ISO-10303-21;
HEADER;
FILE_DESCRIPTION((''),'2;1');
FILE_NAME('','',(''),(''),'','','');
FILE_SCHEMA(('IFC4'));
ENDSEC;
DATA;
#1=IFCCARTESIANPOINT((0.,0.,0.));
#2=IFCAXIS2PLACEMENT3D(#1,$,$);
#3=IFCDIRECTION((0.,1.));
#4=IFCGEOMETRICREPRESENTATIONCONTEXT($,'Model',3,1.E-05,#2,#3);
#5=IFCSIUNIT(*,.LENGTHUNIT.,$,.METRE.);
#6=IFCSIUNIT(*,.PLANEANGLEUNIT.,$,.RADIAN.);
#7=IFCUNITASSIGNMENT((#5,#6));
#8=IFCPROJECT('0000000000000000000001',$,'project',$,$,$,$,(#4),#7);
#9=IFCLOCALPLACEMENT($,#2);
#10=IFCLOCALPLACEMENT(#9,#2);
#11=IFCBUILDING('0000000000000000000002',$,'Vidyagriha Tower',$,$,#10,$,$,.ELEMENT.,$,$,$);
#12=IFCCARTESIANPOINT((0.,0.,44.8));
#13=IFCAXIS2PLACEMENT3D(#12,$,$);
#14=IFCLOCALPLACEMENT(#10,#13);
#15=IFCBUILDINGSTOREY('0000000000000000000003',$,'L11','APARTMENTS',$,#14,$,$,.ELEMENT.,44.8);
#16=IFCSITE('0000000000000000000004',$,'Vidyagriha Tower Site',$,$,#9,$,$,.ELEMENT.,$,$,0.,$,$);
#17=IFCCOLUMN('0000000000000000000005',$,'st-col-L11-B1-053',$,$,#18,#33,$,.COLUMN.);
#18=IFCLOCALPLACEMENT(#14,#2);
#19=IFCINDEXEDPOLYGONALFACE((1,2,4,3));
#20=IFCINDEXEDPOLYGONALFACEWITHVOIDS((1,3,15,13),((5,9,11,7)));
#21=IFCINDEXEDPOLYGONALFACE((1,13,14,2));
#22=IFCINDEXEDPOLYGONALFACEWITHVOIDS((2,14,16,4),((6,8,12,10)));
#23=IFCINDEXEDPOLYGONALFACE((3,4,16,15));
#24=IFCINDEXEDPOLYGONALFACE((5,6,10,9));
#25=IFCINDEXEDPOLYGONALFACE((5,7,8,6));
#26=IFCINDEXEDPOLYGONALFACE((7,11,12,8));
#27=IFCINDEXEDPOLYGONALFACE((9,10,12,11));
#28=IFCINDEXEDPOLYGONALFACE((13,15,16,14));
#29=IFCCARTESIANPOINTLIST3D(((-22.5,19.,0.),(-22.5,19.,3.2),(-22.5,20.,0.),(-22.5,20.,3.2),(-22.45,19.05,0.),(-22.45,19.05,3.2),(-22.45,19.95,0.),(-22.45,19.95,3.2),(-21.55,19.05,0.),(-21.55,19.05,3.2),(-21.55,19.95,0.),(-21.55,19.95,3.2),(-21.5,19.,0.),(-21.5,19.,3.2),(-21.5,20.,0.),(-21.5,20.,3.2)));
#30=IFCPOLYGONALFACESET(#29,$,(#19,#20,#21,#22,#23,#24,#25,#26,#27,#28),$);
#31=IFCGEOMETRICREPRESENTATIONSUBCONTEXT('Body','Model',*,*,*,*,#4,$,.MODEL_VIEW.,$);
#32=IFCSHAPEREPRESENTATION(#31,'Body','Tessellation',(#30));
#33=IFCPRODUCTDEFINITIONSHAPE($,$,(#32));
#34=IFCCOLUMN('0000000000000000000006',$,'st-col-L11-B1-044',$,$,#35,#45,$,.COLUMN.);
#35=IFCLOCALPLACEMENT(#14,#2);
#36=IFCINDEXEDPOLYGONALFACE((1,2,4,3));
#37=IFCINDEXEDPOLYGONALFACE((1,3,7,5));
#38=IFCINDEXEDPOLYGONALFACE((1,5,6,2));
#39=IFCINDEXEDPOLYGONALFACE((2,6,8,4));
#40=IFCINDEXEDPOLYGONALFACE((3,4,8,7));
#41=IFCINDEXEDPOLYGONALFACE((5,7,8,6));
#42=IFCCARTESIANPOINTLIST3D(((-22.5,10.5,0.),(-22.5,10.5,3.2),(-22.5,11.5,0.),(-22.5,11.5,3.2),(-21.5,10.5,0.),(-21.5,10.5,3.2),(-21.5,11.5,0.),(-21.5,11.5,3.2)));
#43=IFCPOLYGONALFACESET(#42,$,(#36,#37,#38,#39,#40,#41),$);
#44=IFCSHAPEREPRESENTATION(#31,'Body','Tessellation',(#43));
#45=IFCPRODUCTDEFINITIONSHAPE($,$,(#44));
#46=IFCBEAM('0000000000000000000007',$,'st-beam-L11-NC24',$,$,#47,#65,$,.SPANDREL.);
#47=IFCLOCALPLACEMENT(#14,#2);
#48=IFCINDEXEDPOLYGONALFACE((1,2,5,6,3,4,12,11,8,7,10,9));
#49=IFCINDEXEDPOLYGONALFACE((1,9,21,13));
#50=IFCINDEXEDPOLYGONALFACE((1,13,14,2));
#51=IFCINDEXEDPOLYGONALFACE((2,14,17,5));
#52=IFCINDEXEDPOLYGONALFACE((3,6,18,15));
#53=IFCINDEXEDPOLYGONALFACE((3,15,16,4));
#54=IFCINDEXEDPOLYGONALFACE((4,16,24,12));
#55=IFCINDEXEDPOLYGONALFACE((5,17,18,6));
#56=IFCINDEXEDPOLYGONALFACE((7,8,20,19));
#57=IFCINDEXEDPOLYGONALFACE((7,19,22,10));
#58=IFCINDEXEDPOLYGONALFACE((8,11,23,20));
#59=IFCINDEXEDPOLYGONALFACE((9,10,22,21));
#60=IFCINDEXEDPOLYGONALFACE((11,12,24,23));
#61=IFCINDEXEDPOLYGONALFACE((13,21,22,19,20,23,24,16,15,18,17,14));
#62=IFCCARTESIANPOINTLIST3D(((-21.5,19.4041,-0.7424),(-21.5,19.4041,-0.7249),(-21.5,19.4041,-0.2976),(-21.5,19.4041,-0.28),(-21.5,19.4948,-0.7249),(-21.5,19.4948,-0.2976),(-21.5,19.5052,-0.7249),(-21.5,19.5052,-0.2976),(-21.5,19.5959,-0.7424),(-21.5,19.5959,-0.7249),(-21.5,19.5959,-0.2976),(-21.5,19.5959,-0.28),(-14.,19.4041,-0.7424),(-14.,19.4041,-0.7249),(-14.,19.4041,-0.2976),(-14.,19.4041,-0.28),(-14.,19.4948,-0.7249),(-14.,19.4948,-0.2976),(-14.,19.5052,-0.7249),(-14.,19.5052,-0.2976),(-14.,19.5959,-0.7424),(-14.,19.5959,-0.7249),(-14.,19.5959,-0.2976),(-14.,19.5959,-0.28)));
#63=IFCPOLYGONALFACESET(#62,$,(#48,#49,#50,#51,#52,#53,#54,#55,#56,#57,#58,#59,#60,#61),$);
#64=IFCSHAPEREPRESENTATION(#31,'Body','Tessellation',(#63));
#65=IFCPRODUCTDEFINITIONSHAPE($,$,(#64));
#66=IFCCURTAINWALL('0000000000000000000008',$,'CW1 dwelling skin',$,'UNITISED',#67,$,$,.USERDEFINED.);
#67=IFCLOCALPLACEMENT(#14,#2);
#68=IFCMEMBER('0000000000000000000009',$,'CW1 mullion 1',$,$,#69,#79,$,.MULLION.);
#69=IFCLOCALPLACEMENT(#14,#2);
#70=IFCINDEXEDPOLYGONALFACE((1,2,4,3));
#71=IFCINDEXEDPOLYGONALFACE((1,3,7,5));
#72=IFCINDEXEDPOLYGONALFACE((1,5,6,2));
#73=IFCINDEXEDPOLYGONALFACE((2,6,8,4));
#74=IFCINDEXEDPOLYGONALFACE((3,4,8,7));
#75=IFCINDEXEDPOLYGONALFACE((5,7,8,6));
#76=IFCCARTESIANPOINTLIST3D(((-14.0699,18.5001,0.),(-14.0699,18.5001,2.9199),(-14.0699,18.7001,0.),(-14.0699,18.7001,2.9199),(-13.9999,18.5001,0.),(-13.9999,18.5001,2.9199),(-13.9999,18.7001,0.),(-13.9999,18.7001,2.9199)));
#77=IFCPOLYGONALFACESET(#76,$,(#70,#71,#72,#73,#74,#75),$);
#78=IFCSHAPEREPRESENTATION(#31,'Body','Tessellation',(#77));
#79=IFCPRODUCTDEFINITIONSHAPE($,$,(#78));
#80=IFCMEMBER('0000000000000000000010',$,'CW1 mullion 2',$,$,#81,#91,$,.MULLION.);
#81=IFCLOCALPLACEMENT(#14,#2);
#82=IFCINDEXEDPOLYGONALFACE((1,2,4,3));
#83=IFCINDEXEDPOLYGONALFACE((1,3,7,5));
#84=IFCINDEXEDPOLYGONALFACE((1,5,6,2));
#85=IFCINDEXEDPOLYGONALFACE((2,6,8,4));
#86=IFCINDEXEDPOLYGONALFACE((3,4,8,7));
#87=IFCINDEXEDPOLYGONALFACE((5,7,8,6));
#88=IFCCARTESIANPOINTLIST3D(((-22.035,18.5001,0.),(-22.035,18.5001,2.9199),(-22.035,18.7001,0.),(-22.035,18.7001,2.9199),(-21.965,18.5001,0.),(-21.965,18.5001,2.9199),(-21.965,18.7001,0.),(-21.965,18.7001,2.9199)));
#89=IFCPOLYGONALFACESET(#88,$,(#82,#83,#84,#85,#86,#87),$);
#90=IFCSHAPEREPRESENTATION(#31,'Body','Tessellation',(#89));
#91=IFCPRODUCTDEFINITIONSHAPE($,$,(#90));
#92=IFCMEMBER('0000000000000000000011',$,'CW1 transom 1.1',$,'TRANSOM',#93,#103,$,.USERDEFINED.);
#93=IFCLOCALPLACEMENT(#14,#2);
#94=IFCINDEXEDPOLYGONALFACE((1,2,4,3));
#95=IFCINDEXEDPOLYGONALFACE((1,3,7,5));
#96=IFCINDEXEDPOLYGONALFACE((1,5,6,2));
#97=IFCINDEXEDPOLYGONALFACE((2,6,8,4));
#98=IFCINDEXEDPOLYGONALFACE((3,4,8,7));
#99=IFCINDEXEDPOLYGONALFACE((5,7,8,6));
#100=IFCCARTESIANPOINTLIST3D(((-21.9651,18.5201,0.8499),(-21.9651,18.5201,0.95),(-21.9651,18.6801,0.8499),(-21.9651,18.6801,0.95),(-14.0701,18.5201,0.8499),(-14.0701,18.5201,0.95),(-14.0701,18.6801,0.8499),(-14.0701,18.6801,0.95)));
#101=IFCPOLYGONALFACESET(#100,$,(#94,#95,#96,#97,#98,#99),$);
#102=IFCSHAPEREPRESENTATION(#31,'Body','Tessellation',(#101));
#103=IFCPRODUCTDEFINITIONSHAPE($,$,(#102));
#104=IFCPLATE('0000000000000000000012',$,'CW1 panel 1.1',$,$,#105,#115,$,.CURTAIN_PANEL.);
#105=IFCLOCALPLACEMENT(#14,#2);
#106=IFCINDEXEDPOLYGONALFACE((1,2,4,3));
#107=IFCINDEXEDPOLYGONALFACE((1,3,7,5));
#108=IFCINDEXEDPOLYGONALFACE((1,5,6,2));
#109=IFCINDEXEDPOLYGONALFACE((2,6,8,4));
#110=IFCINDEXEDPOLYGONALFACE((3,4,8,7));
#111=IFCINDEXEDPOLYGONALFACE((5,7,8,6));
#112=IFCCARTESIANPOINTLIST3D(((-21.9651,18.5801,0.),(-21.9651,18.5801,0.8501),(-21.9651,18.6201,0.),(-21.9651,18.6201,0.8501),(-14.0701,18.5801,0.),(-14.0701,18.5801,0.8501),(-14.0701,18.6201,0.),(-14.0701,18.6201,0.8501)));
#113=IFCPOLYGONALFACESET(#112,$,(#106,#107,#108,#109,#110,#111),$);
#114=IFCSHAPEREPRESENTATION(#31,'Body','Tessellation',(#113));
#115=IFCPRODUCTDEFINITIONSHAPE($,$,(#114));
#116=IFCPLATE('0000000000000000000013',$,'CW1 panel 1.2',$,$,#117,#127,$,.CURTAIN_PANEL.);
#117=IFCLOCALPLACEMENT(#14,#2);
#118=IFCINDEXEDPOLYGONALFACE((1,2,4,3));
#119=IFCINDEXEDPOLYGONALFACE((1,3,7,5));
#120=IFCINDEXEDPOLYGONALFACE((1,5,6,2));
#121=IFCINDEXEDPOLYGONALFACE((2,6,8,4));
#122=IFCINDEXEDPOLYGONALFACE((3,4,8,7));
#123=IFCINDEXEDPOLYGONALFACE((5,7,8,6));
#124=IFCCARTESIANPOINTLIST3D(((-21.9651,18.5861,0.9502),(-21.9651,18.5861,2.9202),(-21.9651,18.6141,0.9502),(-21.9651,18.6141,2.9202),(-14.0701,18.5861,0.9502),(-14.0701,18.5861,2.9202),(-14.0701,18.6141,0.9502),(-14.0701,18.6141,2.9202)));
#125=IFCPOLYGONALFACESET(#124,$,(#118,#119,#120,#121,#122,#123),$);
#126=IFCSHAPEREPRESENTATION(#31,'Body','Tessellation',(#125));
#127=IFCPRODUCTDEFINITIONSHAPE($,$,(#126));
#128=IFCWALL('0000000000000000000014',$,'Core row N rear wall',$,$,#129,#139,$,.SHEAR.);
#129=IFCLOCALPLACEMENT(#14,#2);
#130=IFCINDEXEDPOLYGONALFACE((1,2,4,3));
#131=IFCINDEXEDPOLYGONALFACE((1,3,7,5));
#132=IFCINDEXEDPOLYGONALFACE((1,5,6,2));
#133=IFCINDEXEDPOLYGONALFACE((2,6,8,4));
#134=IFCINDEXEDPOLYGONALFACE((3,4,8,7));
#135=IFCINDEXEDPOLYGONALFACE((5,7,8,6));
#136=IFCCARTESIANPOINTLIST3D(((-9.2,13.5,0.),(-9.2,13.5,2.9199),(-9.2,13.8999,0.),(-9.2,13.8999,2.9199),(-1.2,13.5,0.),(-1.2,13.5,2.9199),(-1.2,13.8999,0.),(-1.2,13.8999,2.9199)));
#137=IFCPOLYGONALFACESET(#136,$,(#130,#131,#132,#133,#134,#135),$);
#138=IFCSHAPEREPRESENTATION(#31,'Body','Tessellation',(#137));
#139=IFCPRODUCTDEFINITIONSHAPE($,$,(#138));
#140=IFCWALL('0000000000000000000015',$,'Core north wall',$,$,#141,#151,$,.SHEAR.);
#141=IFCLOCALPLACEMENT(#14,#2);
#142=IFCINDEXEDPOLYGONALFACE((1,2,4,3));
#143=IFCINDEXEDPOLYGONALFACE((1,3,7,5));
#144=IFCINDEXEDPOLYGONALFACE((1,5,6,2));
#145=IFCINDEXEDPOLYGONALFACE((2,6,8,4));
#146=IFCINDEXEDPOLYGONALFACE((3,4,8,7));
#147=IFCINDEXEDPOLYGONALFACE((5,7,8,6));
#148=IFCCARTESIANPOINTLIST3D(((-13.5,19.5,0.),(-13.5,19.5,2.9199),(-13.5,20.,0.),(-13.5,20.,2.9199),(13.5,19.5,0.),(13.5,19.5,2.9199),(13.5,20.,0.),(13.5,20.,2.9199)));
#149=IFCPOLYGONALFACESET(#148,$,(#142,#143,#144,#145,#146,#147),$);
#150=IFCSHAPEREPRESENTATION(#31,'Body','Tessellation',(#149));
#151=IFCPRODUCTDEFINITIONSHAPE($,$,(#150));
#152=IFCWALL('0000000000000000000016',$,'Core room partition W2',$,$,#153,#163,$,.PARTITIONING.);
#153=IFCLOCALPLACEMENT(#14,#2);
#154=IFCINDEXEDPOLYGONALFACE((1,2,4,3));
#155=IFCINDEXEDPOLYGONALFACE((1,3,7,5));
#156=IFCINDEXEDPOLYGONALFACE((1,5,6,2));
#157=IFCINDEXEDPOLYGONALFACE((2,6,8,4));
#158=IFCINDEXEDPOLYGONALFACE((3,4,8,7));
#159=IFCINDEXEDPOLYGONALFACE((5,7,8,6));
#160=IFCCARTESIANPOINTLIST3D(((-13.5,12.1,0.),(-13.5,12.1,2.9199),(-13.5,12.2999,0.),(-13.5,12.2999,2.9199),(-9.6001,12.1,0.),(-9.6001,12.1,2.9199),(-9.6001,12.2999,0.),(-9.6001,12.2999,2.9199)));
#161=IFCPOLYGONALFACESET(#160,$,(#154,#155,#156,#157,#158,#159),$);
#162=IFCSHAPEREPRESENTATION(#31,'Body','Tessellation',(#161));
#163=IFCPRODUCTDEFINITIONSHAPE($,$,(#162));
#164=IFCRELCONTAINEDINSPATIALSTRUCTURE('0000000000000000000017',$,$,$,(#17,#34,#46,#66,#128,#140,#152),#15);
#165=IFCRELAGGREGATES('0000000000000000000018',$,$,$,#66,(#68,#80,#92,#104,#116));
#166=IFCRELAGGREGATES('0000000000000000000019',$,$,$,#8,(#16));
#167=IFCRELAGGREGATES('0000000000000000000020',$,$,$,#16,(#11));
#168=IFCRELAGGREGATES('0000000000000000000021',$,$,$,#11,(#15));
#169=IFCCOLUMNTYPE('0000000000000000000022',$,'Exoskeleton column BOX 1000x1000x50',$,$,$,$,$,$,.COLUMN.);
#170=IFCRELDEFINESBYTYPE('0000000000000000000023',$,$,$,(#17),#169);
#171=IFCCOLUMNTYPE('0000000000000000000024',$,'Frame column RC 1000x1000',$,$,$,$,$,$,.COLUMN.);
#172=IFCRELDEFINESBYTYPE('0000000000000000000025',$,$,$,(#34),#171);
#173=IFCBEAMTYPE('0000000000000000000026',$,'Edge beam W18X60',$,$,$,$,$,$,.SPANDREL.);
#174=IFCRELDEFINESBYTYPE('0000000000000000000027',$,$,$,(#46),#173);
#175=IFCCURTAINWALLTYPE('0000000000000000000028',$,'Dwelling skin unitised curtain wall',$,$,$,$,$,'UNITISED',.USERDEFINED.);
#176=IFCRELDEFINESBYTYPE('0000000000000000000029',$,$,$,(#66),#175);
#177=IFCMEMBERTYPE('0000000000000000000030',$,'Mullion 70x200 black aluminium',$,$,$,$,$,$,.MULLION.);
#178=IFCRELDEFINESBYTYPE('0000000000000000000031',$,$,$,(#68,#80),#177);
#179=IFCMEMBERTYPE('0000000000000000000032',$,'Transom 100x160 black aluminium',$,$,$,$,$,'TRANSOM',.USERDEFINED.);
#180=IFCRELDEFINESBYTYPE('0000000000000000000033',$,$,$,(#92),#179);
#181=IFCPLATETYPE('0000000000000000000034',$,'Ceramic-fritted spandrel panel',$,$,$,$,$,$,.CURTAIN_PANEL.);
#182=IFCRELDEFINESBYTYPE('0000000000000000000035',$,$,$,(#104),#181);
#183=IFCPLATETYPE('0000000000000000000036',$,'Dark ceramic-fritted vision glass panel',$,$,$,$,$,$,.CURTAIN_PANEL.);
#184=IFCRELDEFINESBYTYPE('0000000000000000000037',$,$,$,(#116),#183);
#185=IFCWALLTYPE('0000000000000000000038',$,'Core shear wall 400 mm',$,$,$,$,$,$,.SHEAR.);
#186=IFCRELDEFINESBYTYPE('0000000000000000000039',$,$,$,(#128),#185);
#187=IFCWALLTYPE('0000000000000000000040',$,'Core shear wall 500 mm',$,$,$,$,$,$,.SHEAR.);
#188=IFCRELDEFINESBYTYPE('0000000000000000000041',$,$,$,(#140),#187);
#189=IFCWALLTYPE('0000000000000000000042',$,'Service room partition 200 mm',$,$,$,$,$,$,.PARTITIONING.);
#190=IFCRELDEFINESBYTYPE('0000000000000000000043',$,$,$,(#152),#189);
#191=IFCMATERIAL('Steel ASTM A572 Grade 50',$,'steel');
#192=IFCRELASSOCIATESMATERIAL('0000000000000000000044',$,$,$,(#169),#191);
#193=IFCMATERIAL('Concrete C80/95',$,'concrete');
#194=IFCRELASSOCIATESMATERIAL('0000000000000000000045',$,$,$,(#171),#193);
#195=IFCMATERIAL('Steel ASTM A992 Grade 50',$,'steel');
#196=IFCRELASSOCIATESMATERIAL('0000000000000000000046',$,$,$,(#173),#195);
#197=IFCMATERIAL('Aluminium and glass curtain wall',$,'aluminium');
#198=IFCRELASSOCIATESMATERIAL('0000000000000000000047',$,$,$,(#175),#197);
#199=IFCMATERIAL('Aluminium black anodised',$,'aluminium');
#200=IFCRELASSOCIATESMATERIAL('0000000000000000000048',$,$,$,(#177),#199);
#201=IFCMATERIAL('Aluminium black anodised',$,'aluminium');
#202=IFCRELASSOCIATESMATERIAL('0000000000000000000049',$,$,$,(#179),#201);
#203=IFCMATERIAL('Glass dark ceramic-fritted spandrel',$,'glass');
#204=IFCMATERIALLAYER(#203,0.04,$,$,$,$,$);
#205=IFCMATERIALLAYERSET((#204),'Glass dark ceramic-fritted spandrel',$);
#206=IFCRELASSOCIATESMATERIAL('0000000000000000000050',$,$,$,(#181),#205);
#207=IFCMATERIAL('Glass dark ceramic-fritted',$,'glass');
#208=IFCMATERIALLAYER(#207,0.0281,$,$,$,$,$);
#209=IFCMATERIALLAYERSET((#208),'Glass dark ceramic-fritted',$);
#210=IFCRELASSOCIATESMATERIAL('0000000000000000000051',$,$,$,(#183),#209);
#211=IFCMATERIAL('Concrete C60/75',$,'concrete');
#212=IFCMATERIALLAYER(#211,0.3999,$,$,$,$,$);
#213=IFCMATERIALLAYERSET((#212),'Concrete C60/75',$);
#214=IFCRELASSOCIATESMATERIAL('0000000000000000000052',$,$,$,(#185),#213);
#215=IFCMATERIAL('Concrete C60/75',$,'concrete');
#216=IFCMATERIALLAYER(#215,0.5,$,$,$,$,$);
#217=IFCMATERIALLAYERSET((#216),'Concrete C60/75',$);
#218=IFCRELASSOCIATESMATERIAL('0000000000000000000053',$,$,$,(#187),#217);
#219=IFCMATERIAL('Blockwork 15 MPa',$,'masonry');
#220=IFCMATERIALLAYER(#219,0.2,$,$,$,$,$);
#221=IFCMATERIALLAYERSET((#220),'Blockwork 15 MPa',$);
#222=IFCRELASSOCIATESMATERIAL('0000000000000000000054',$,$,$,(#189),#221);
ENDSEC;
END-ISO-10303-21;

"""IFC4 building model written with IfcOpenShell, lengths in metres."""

from ifc_helpers import new_model, si_unit, direction, frame, frame_2d, origin, origin_2d, place, context, subcontext, project, spatial, rectangle, hollow_rectangle, i_section, extrude, material, layer, layer_set, material_profile, profile_set, type_object, element, aggregate, save


model = new_model("IFC4")

# Units and contexts
model_context = context("Model", 3, precision=1e-05, world=origin(), true_north=direction((0.0, 1.0)))
body_context = subcontext(model_context, "Body", "Model", "MODEL_VIEW")
ifc_project = project(units=[si_unit("LENGTHUNIT", "METRE"), si_unit("PLANEANGLEUNIT", "RADIAN")], contexts=[model_context])

# Site, building, storey
site_placement = place(None, origin())
site = spatial("IfcSite", under=ifc_project, at=site_placement, Name="Vidyagriha Tower Site", CompositionType="ELEMENT", RefElevation=0.0)
building_placement = place(site_placement, origin())
building = spatial("IfcBuilding", under=site, at=building_placement, Name="Vidyagriha Tower", CompositionType="ELEMENT")
storey_placement = place(building_placement, frame((0.0, 0.0, 44.8)))
storey = spatial("IfcBuildingStorey", under=building, at=storey_placement, Name="L11", Description="APARTMENTS", CompositionType="ELEMENT", Elevation=44.8)

# Columns
ifc_material_1 = material(Name="Steel ASTM A572 Grade 50", Category="steel")
ifc_material_profile_1 = material_profile(ifc_material_1, hollow_rectangle(XDim=1.0, YDim=1.0, WallThickness=0.05, at=origin_2d()), Name="BOX 1000x1000x50")
ifc_profile_set_1 = profile_set([ifc_material_profile_1], Name="Steel ASTM A572 Grade 50")
column_type_1 = type_object("IfcColumnType", Name="Exoskeleton column BOX 1000x1000x50", PredefinedType="COLUMN", material=ifc_profile_set_1)
column_1_placement = place(storey_placement, frame((-22.0, 19.5, 0.0)))
element("IfcColumn", 1, at=column_1_placement, inside=storey, type_object=column_type_1, Name="st-col-L11-B1-053", PredefinedType="COLUMN", context=body_context, shape_type="SweptSolid", body=[
    extrude(hollow_rectangle(XDim=1.0, YDim=1.0, WallThickness=0.05, at=origin_2d()), origin(), (0.0, 0.0, 1.0), 3.2),
])
ifc_material_2 = material(Name="Concrete C80/95", Category="concrete")
ifc_material_profile_2 = material_profile(ifc_material_2, rectangle(XDim=1.0, YDim=1.0, at=origin_2d()), Name="RC 1000x1000")
ifc_profile_set_2 = profile_set([ifc_material_profile_2], Name="Concrete C80/95")
column_type_2 = type_object("IfcColumnType", Name="Frame column RC 1000x1000", PredefinedType="COLUMN", material=ifc_profile_set_2)
column_2_placement = place(storey_placement, frame((-22.0, 11.0, 0.0)))
element("IfcColumn", 2, at=column_2_placement, inside=storey, type_object=column_type_2, Name="st-col-L11-B1-044", PredefinedType="COLUMN", context=body_context, shape_type="SweptSolid", body=[
    extrude(rectangle(XDim=1.0, YDim=1.0, at=origin_2d()), origin(), (0.0, 0.0, 1.0), 3.2),
])

# Beam
ifc_material_3 = material(Name="Steel ASTM A992 Grade 50", Category="steel")
ifc_material_profile_3 = material_profile(ifc_material_3, i_section(OverallWidth=0.1919, OverallDepth=0.4624, WebThickness=0.0105, FlangeThickness=0.0176, at=origin_2d()), Name="W18X60")
ifc_profile_set_3 = profile_set([ifc_material_profile_3], Name="Steel ASTM A992 Grade 50")
beam_type = type_object("IfcBeamType", Name="Edge beam W18X60", PredefinedType="SPANDREL", material=ifc_profile_set_3)
beam_placement = place(storey_placement, frame((-21.5, 19.5, -0.5112), z_axis=(1.0, 0.0, 0.0), x_axis=(0.0, 1.0, 0.0)))
element("IfcBeam", 3, at=beam_placement, inside=storey, type_object=beam_type, Name="st-beam-L11-NC24", PredefinedType="SPANDREL", context=body_context, shape_type="SweptSolid", body=[
    extrude(i_section(OverallWidth=0.1919, OverallDepth=0.4624, WebThickness=0.0105, FlangeThickness=0.0176, at=origin_2d()), origin(), (0.0, 0.0, 1.0), 7.5),
])

# Curtain wall, members, plates
ifc_material_4 = material(Name="Aluminium and glass curtain wall", Category="aluminium")
curtain_wall_type = type_object("IfcCurtainWallType", Name="Dwelling skin unitised curtain wall", ElementType="UNITISED", PredefinedType="USERDEFINED", material=ifc_material_4)
curtain_wall_placement = place(storey_placement, origin())
curtain_wall = element("IfcCurtainWall", 4, at=curtain_wall_placement, inside=storey, type_object=curtain_wall_type, Name="CW1 dwelling skin", ObjectType="UNITISED", PredefinedType="USERDEFINED")
ifc_material_5 = material(Name="Aluminium black anodised", Category="aluminium")
ifc_material_profile_4 = material_profile(ifc_material_5, rectangle(XDim=0.2, YDim=0.0701, at=origin_2d()), Name="Mullion 70x200 black aluminium")
ifc_profile_set_4 = profile_set([ifc_material_profile_4], Name="Aluminium black anodised")
member_type_1 = type_object("IfcMemberType", Name="Mullion 70x200 black aluminium", PredefinedType="MULLION", material=ifc_profile_set_4)
member_1_placement = place(storey_placement, frame((-14.0349, 18.6001, 0.0), z_axis=(0.0, 0.0, 1.0), x_axis=(0.0, -1.0, 0.0)))
member_1 = element("IfcMember", 5, at=member_1_placement, type_object=member_type_1, Name="CW1 mullion 1", PredefinedType="MULLION", context=body_context, shape_type="SweptSolid", body=[
    extrude(rectangle(XDim=0.2, YDim=0.0701, at=origin_2d()), origin(), (0.0, 0.0, 1.0), 2.9199),
])
member_2_placement = place(storey_placement, frame((-22.0, 18.6001, 0.0), z_axis=(0.0, 0.0, 1.0), x_axis=(0.0, -1.0, 0.0)))
member_2 = element("IfcMember", 6, at=member_2_placement, type_object=member_type_1, Name="CW1 mullion 2", PredefinedType="MULLION", context=body_context, shape_type="SweptSolid", body=[
    extrude(rectangle(XDim=0.2, YDim=0.0701, at=origin_2d()), origin(), (0.0, 0.0, 1.0), 2.9199),
])
ifc_material_6 = material(Name="Aluminium black anodised", Category="aluminium")
ifc_material_profile_5 = material_profile(ifc_material_6, rectangle(XDim=0.1599, YDim=0.1001, at=origin_2d()), Name="Transom 100x160 black aluminium")
ifc_profile_set_5 = profile_set([ifc_material_profile_5], Name="Aluminium black anodised")
member_type_2 = type_object("IfcMemberType", Name="Transom 100x160 black aluminium", ElementType="TRANSOM", PredefinedType="USERDEFINED", material=ifc_profile_set_5)
member_3_placement = place(storey_placement, frame((-14.0701, 18.6001, 0.8999), z_axis=(-1.0, 0.0, 0.0), x_axis=(0.0, -1.0, 0.0)))
member_3 = element("IfcMember", 7, at=member_3_placement, type_object=member_type_2, Name="CW1 transom 1.1", ObjectType="TRANSOM", PredefinedType="USERDEFINED", context=body_context, shape_type="SweptSolid", body=[
    extrude(rectangle(XDim=0.1599, YDim=0.1001, at=origin_2d()), origin(), (0.0, 0.0, 1.0), 7.895),
])
ifc_material_7 = material(Name="Glass dark ceramic-fritted spandrel", Category="glass")
ifc_layer_1 = layer(ifc_material_7, 0.04)
ifc_layer_set_1 = layer_set([ifc_layer_1], Name="Glass dark ceramic-fritted spandrel")
plate_type_1 = type_object("IfcPlateType", Name="Ceramic-fritted spandrel panel", PredefinedType="CURTAIN_PANEL", material=ifc_layer_set_1)
plate_1_placement = place(storey_placement, frame((-18.0176, 18.6001, 0.0), z_axis=(0.0, 0.0, 1.0), x_axis=(-1.0, 0.0, 0.0)))
plate_1 = element("IfcPlate", 8, at=plate_1_placement, type_object=plate_type_1, Name="CW1 panel 1.1", PredefinedType="CURTAIN_PANEL", context=body_context, shape_type="SweptSolid", body=[
    extrude(rectangle(XDim=7.895, YDim=0.04, at=origin_2d()), origin(), (0.0, 0.0, 1.0), 0.8501),
])
ifc_material_8 = material(Name="Glass dark ceramic-fritted", Category="glass")
ifc_layer_2 = layer(ifc_material_8, 0.0281)
ifc_layer_set_2 = layer_set([ifc_layer_2], Name="Glass dark ceramic-fritted")
plate_type_2 = type_object("IfcPlateType", Name="Dark ceramic-fritted vision glass panel", PredefinedType="CURTAIN_PANEL", material=ifc_layer_set_2)
plate_2_placement = place(storey_placement, frame((-18.0176, 18.6001, 0.9502), z_axis=(0.0, 0.0, 1.0), x_axis=(-1.0, 0.0, 0.0)))
plate_2 = element("IfcPlate", 9, at=plate_2_placement, type_object=plate_type_2, Name="CW1 panel 1.2", PredefinedType="CURTAIN_PANEL", context=body_context, shape_type="SweptSolid", body=[
    extrude(rectangle(XDim=7.895, YDim=0.0281, at=origin_2d()), origin(), (0.0, 0.0, 1.0), 1.97),
])
aggregate(curtain_wall, [member_1, member_2, member_3, plate_1, plate_2])

# Walls
ifc_material_9 = material(Name="Concrete C60/75", Category="concrete")
ifc_layer_3 = layer(ifc_material_9, 0.3999)
ifc_layer_set_3 = layer_set([ifc_layer_3], Name="Concrete C60/75")
wall_type_1 = type_object("IfcWallType", Name="Core shear wall 400 mm", PredefinedType="SHEAR", material=ifc_layer_set_3)
wall_1_placement = place(storey_placement, frame((-9.2, 13.7, 0.0)))
element("IfcWall", 10, at=wall_1_placement, inside=storey, type_object=wall_type_1, Name="Core row N rear wall", PredefinedType="SHEAR", context=body_context, shape_type="SweptSolid", body=[
    extrude(rectangle(XDim=8.0, YDim=0.3999, at=frame_2d((4.0, 0.0))), origin(), (0.0, 0.0, 1.0), 2.9199),
])
ifc_material_10 = material(Name="Concrete C60/75", Category="concrete")
ifc_layer_4 = layer(ifc_material_10, 0.5)
ifc_layer_set_4 = layer_set([ifc_layer_4], Name="Concrete C60/75")
wall_type_2 = type_object("IfcWallType", Name="Core shear wall 500 mm", PredefinedType="SHEAR", material=ifc_layer_set_4)
wall_2_placement = place(storey_placement, frame((-13.5, 19.75, 0.0)))
element("IfcWall", 11, at=wall_2_placement, inside=storey, type_object=wall_type_2, Name="Core north wall", PredefinedType="SHEAR", context=body_context, shape_type="SweptSolid", body=[
    extrude(rectangle(XDim=27.0, YDim=0.5, at=frame_2d((13.5, 0.0))), origin(), (0.0, 0.0, 1.0), 2.9199),
])
ifc_material_11 = material(Name="Blockwork 15 MPa", Category="masonry")
ifc_layer_5 = layer(ifc_material_11, 0.2)
ifc_layer_set_5 = layer_set([ifc_layer_5], Name="Blockwork 15 MPa")
wall_type_3 = type_object("IfcWallType", Name="Service room partition 200 mm", PredefinedType="PARTITIONING", material=ifc_layer_set_5)
wall_3_placement = place(storey_placement, frame((-13.5, 12.2, 0.0)))
element("IfcWall", 12, at=wall_3_placement, inside=storey, type_object=wall_type_3, Name="Core room partition W2", PredefinedType="PARTITIONING", context=body_context, shape_type="SweptSolid", body=[
    extrude(rectangle(XDim=3.8999, YDim=0.2, at=frame_2d((1.95, 0.0))), origin(), (0.0, 0.0, 1.0), 2.9199),
])

save(model, "model.ifc")
